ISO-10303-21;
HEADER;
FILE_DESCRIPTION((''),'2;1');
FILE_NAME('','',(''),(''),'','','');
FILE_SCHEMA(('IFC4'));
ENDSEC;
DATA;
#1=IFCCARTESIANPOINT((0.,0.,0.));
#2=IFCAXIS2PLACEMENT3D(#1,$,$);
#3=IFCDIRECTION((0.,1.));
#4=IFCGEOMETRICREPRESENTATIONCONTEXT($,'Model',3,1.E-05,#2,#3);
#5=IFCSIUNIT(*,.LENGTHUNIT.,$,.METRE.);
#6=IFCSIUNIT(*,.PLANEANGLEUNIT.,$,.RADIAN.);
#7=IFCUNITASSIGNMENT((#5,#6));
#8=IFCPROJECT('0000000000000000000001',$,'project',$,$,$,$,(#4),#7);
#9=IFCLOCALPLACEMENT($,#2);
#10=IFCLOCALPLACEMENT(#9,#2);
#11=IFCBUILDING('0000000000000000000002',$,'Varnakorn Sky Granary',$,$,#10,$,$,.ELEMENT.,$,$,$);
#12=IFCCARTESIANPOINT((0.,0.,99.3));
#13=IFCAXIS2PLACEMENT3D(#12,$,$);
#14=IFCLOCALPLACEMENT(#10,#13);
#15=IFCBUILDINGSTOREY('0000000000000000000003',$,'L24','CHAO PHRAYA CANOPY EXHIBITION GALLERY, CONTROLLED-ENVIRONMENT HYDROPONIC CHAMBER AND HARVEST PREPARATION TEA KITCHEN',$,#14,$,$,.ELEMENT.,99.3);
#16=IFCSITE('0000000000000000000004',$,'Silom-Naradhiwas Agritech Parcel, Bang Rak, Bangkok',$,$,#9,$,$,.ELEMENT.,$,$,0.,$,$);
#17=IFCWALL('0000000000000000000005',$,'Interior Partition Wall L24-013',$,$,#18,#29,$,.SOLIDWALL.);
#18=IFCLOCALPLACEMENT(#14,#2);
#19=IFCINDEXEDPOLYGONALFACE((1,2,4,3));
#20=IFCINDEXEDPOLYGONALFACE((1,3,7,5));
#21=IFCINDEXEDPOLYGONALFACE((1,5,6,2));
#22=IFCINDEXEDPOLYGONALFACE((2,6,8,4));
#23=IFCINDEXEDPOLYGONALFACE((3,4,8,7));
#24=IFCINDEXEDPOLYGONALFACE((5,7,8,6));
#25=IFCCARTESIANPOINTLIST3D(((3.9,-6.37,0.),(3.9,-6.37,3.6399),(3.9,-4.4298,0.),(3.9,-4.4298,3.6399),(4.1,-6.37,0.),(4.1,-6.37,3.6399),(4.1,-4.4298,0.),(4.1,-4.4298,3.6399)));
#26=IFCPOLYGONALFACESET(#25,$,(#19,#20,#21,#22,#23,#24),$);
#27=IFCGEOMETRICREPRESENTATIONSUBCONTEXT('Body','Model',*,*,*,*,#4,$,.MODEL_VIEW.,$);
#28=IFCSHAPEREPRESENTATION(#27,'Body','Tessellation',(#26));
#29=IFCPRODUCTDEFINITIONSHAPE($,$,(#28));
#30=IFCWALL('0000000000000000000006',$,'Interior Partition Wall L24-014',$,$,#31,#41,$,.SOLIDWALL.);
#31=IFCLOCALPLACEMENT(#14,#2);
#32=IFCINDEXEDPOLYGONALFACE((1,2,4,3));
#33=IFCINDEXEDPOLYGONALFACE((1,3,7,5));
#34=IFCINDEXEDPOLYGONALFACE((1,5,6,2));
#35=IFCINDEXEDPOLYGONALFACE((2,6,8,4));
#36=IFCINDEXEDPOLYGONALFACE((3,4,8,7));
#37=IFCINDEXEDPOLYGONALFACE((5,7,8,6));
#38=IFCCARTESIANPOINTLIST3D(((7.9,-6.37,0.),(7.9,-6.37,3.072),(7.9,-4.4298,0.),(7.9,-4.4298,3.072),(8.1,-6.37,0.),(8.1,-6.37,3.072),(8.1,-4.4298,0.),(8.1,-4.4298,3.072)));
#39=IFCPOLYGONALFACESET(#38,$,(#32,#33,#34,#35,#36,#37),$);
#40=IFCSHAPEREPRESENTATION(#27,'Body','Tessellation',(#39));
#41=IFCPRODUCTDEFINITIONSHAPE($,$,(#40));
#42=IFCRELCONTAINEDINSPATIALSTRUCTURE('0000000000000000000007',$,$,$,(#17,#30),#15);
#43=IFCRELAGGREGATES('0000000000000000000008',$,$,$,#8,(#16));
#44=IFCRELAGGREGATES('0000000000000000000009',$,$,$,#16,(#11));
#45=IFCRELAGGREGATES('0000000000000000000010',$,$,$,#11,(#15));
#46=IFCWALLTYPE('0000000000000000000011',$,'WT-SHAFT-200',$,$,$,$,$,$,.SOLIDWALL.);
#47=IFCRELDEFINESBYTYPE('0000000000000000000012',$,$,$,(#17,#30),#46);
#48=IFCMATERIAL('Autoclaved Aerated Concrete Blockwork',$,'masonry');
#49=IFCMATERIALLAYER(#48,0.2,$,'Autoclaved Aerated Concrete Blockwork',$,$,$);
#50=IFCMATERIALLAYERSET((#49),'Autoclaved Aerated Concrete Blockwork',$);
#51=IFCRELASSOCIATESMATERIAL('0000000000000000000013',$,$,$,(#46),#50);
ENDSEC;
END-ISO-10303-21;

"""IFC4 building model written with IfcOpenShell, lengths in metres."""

from ifc_helpers import new_model, si_unit, direction, frame, frame_2d, origin, place, context, subcontext, project, spatial, rectangle, extrude, material, layer, layer_set, type_object, element, save


model = new_model("IFC4")

# Units and contexts
model_context = context("Model", 3, precision=1e-05, world=origin(), true_north=direction((0.0, 1.0)))
body_context = subcontext(model_context, "Body", "Model", "MODEL_VIEW")
ifc_project = project(units=[si_unit("LENGTHUNIT", "METRE"), si_unit("PLANEANGLEUNIT", "RADIAN")], contexts=[model_context])

# Site, building, storey
site_placement = place(None, origin())
site = spatial("IfcSite", under=ifc_project, at=site_placement, Name="Silom-Naradhiwas Agritech Parcel, Bang Rak, Bangkok", CompositionType="ELEMENT", RefElevation=0.0)
building_placement = place(site_placement, origin())
building = spatial("IfcBuilding", under=site, at=building_placement, Name="Varnakorn Sky Granary", CompositionType="ELEMENT")
storey_placement = place(building_placement, frame((0.0, 0.0, 99.3)))
storey = spatial("IfcBuildingStorey", under=building, at=storey_placement, Name="L24", Description="CHAO PHRAYA CANOPY EXHIBITION GALLERY, CONTROLLED-ENVIRONMENT HYDROPONIC CHAMBER AND HARVEST PREPARATION TEA KITCHEN", CompositionType="ELEMENT", Elevation=99.3)

# Shared definitions
ifc_material_1 = material(Name="Autoclaved Aerated Concrete Blockwork", Category="masonry")

# Walls
ifc_layer_1 = layer(ifc_material_1, 0.2, Name="Autoclaved Aerated Concrete Blockwork")
ifc_layer_set_1 = layer_set([ifc_layer_1], Name="Autoclaved Aerated Concrete Blockwork")
wall_type_1 = type_object("IfcWallType", Name="WT-SHAFT-200", PredefinedType="SOLIDWALL", material=ifc_layer_set_1)
wall_1_placement = place(storey_placement, frame((4.0, -6.3701, 0.0), z_axis=(0.0, 0.0, 1.0), x_axis=(0.0, 1.0, 0.0)))
element("IfcWall", 1, at=wall_1_placement, inside=storey, type_object=wall_type_1, Name="Interior Partition Wall L24-013", PredefinedType="SOLIDWALL", context=body_context, shape_type="SweptSolid", body=[
    extrude(rectangle(XDim=1.9402, YDim=0.2, at=frame_2d((0.9702, 0.0))), origin(), (0.0, 0.0, 1.0), 3.6399),
])
wall_2_placement = place(storey_placement, frame((8.0, -6.3701, 0.0), z_axis=(0.0, 0.0, 1.0), x_axis=(0.0, 1.0, 0.0)))
element("IfcWall", 2, at=wall_2_placement, inside=storey, type_object=wall_type_1, Name="Interior Partition Wall L24-014", PredefinedType="SOLIDWALL", context=body_context, shape_type="SweptSolid", body=[
    extrude(rectangle(XDim=1.9402, YDim=0.2, at=frame_2d((0.9702, 0.0))), origin(), (0.0, 0.0, 1.0), 3.072),
])

save(model, "model.ifc")
